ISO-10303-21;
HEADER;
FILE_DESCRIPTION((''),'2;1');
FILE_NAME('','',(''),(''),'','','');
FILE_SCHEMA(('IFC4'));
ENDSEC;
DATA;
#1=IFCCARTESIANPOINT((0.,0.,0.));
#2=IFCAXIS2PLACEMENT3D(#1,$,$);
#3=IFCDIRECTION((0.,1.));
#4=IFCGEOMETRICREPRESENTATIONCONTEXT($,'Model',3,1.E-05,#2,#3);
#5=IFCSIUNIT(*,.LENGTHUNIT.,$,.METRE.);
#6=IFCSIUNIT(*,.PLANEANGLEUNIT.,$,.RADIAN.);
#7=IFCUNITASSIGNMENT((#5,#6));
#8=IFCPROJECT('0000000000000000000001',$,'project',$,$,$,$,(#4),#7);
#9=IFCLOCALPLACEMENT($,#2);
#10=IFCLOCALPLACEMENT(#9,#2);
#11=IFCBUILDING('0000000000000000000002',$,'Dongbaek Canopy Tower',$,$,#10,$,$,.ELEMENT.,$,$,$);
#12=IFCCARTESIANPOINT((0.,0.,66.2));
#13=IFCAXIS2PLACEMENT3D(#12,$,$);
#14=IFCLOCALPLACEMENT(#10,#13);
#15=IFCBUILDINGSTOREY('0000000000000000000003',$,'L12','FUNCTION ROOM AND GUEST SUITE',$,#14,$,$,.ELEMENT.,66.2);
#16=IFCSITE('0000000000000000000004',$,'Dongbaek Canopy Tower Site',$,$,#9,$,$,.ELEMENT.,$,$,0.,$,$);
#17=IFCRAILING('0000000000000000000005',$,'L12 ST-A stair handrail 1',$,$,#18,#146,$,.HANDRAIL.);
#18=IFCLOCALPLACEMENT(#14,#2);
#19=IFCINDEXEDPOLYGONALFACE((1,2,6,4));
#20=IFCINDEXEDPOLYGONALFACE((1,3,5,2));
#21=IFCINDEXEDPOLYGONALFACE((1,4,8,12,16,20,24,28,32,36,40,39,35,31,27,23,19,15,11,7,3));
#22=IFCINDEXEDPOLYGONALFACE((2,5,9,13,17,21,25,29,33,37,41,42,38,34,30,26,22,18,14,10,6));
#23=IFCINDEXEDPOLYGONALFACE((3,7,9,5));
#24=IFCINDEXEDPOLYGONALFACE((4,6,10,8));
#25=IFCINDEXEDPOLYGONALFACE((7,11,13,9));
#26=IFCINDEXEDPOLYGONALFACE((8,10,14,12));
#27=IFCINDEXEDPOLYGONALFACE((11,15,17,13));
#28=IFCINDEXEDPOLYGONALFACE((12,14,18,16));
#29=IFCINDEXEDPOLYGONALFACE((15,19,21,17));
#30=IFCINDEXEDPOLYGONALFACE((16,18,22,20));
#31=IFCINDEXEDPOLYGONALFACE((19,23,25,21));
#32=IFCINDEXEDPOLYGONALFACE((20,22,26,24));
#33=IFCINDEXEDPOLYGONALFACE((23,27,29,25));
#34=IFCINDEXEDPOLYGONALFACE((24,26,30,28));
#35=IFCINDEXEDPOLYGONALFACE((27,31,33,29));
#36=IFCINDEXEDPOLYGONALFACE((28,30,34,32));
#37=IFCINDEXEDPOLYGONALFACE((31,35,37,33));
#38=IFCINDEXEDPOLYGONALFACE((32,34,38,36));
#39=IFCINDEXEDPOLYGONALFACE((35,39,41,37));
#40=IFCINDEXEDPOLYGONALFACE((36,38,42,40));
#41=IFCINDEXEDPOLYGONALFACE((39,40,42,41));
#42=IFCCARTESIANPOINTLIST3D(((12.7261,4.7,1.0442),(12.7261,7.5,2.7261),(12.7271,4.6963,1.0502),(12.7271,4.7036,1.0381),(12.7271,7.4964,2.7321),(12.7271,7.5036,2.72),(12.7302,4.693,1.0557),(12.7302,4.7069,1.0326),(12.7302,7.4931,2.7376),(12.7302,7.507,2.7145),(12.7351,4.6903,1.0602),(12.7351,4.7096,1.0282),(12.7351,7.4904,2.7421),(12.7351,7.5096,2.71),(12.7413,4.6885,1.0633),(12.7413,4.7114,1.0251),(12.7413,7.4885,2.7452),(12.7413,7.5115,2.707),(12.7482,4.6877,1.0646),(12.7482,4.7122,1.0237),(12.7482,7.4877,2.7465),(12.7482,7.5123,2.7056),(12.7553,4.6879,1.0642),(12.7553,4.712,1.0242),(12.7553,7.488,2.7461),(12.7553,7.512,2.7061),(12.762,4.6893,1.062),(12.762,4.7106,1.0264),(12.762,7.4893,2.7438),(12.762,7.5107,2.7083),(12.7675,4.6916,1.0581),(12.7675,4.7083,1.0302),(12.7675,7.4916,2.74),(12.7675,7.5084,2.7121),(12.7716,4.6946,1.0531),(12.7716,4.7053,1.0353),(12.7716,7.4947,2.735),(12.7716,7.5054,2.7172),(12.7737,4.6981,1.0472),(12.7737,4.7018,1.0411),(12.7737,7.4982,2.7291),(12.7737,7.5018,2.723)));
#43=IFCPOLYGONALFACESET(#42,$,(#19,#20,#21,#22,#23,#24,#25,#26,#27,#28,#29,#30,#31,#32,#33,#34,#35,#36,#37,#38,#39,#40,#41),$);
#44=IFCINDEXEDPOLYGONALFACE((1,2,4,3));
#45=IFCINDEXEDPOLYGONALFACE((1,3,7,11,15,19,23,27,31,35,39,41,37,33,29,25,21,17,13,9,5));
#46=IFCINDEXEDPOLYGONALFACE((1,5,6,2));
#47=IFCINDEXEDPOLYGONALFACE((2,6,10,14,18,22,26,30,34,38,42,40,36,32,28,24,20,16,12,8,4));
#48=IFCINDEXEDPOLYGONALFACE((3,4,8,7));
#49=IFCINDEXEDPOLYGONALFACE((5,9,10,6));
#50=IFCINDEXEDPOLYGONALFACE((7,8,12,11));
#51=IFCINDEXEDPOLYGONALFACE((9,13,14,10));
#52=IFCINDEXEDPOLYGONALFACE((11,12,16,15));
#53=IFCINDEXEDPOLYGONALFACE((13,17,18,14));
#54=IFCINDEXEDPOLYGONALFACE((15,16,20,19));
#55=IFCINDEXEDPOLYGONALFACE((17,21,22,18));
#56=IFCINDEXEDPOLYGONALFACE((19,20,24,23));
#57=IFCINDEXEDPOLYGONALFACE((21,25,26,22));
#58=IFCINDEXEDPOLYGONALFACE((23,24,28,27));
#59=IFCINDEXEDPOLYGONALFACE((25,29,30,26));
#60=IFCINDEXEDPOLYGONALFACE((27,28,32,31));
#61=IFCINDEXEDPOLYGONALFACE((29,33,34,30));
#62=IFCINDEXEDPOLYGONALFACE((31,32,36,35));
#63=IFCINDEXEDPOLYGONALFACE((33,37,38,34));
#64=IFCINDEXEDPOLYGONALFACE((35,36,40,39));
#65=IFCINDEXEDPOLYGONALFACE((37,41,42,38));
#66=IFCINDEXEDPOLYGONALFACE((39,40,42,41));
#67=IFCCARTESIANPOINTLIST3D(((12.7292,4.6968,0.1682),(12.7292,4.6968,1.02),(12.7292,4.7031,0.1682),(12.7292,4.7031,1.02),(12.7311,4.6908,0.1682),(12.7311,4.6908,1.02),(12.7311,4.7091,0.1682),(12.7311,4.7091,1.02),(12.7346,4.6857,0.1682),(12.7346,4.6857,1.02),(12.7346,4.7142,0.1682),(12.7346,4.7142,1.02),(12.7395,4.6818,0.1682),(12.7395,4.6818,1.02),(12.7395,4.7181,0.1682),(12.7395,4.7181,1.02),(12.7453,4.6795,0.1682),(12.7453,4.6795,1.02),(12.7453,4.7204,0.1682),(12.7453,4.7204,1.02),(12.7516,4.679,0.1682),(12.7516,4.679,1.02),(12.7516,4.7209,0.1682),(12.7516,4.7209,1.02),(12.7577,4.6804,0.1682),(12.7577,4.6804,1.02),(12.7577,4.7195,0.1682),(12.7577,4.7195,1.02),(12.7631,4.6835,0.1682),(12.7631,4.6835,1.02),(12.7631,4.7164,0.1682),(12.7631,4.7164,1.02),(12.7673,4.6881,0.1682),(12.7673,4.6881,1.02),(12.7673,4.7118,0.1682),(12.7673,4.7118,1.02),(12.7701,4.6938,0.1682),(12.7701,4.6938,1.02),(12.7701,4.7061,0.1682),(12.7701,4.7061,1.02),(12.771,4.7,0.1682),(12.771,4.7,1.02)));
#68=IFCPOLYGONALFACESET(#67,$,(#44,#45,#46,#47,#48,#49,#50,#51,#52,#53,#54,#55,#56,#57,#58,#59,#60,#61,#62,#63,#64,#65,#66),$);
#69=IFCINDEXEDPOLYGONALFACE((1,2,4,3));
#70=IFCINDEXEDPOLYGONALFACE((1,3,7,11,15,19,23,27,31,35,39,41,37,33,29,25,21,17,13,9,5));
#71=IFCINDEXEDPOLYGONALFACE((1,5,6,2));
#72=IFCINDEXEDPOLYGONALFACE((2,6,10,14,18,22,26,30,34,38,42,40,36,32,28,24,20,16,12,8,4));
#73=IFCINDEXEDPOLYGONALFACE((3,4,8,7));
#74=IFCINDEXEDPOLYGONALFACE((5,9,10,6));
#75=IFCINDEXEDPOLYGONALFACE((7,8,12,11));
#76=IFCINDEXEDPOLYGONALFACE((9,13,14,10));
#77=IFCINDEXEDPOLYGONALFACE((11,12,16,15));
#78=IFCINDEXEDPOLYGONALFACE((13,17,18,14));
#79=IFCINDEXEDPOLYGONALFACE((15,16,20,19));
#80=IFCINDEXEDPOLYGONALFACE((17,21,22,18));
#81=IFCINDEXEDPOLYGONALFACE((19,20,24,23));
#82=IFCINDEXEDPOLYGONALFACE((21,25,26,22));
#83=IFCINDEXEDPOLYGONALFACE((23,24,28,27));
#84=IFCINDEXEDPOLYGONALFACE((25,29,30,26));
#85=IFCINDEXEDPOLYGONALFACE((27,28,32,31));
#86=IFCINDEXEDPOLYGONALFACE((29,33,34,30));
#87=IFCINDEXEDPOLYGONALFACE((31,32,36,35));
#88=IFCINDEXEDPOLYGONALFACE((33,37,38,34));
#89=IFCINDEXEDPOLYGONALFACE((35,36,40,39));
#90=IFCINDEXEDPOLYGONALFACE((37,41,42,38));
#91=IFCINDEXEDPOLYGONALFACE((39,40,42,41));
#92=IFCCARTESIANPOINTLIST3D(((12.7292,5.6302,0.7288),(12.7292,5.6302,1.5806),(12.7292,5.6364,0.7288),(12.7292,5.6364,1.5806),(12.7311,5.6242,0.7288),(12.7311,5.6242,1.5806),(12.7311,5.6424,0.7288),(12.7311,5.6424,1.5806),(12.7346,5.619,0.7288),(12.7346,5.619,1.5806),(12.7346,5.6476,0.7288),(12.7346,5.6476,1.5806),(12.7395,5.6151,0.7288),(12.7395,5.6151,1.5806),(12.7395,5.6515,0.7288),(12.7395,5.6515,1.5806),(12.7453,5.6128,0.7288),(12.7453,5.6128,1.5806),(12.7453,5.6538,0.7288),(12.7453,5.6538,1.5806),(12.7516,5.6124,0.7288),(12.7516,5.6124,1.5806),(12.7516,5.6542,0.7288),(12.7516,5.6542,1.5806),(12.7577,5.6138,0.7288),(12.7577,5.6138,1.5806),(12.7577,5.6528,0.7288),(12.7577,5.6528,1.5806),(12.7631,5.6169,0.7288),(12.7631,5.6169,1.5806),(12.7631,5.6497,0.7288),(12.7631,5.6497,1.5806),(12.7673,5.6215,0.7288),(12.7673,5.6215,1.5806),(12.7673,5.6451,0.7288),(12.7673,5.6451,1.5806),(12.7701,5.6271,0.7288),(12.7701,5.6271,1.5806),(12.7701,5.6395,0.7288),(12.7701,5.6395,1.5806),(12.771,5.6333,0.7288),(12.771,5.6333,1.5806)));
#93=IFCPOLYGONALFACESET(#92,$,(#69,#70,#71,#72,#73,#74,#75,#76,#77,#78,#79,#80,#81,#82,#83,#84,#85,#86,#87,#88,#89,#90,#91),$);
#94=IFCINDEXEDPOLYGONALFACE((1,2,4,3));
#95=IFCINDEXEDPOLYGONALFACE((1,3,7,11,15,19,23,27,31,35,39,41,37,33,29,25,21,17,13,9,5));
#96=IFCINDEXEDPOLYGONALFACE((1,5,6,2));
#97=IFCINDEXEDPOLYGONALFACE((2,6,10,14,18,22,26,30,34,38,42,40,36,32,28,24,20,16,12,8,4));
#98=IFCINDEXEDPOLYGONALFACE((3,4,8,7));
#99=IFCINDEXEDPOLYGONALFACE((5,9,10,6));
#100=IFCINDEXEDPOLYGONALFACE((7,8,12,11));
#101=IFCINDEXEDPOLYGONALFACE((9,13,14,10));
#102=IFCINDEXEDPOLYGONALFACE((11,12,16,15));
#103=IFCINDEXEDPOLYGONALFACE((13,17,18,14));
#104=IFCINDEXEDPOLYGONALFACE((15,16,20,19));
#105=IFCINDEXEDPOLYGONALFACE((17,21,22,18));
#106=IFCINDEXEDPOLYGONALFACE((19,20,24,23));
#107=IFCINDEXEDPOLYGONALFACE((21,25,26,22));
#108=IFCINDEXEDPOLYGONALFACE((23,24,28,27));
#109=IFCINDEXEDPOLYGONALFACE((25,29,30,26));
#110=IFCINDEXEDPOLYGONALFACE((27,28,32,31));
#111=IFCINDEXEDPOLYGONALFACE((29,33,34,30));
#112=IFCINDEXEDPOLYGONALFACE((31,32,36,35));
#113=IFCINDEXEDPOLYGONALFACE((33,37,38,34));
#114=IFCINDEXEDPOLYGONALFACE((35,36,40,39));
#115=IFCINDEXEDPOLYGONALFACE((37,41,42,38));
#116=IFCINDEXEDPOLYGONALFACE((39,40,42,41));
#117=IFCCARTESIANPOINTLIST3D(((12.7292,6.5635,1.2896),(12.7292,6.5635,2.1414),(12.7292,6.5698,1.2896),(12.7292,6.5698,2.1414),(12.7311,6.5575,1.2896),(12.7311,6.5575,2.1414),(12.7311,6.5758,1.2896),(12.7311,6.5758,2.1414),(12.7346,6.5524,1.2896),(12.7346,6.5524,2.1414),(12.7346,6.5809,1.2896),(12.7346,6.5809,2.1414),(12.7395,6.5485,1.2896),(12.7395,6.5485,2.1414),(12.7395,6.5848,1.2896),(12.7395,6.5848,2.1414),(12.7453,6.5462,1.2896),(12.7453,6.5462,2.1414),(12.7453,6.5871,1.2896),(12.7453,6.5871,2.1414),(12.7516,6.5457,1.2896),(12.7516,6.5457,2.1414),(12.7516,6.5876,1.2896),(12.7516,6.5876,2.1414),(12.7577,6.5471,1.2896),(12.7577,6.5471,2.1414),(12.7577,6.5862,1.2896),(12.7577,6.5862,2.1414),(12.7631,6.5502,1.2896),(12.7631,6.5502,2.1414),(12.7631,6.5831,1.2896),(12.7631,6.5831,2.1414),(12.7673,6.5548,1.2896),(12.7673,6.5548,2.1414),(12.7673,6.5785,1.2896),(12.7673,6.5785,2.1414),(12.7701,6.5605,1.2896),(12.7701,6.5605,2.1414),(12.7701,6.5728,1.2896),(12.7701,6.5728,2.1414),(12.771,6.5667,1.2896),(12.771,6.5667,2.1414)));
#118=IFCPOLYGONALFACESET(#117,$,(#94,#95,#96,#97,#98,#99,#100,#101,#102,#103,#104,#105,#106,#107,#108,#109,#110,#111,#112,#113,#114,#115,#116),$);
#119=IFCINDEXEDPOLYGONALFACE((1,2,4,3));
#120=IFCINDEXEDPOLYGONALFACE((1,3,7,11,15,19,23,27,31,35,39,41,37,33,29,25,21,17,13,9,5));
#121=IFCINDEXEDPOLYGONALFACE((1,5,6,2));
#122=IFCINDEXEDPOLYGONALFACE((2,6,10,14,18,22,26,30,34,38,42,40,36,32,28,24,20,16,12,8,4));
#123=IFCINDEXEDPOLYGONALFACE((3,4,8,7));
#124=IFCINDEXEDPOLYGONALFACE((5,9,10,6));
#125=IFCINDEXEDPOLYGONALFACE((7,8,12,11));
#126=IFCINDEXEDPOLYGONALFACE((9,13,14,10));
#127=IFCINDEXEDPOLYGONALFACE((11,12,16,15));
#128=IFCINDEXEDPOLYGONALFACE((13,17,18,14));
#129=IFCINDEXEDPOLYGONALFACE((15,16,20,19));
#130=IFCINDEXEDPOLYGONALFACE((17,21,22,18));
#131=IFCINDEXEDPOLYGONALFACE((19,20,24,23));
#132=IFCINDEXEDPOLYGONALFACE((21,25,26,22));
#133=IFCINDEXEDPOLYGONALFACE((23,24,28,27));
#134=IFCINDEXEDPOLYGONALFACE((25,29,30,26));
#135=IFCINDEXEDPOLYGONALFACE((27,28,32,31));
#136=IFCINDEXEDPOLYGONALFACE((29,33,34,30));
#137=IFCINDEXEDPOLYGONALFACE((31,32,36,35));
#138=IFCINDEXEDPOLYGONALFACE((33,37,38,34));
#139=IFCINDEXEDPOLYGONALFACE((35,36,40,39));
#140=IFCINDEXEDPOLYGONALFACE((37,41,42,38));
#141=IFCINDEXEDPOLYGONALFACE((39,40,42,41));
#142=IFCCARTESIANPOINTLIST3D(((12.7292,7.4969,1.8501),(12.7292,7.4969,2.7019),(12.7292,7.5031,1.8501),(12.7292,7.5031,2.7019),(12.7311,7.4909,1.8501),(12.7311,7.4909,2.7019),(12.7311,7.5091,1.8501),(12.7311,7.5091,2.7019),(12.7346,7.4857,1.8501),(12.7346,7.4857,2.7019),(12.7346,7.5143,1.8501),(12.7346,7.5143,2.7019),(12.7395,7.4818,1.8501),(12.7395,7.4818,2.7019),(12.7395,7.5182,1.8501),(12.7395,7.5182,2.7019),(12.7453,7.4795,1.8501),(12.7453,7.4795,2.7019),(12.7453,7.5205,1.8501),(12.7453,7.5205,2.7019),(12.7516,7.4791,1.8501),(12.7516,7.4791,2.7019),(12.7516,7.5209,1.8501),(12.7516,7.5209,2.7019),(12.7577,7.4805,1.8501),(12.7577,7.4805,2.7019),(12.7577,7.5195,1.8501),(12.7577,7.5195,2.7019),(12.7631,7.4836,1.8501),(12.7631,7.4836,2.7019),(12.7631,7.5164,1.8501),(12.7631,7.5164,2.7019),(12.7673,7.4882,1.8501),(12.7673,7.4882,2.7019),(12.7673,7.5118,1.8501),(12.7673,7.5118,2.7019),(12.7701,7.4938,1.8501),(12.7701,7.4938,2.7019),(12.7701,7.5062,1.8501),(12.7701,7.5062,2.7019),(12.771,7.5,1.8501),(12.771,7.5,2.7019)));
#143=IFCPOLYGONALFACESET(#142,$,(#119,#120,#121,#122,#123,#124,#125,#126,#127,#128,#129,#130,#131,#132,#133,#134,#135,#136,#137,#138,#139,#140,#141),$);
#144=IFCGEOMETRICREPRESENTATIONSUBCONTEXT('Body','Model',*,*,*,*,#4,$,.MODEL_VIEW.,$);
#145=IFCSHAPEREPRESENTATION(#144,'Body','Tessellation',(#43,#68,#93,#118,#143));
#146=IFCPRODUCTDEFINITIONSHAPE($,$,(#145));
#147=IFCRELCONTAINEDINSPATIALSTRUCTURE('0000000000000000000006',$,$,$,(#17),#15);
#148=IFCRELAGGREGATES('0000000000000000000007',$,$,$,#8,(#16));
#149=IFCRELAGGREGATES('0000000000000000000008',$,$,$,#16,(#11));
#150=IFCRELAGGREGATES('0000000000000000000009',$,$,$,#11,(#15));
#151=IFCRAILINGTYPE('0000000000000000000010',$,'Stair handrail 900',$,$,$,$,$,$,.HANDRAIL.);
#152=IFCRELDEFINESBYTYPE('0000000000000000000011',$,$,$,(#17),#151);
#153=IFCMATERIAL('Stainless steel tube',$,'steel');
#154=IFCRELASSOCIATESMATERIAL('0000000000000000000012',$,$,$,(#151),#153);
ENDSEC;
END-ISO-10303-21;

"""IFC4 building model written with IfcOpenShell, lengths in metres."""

from ifc_helpers import new_model, si_unit, direction, frame, origin, origin_2d, place, context, subcontext, project, spatial, circle, extrude, material, type_object, element, save


model = new_model("IFC4")

# Units and contexts
model_context = context("Model", 3, precision=1e-05, world=origin(), true_north=direction((0.0, 1.0)))
body_context = subcontext(model_context, "Body", "Model", "MODEL_VIEW")
ifc_project = project(units=[si_unit("LENGTHUNIT", "METRE"), si_unit("PLANEANGLEUNIT", "RADIAN")], contexts=[model_context])

# Site, building, storey
site_placement = place(None, origin())
site = spatial("IfcSite", under=ifc_project, at=site_placement, Name="Dongbaek Canopy Tower Site", CompositionType="ELEMENT", RefElevation=0.0)
building_placement = place(site_placement, origin())
building = spatial("IfcBuilding", under=site, at=building_placement, Name="Dongbaek Canopy Tower", CompositionType="ELEMENT")
storey_placement = place(building_placement, frame((0.0, 0.0, 66.2)))
storey = spatial("IfcBuildingStorey", under=building, at=storey_placement, Name="L12", Description="FUNCTION ROOM AND GUEST SUITE", CompositionType="ELEMENT", Elevation=66.2)

# Railing
ifc_material_1 = material(Name="Stainless steel tube", Category="steel")
railing_type_1 = type_object("IfcRailingType", Name="Stair handrail 900", PredefinedType="HANDRAIL", material=ifc_material_1)
railing_1_placement = place(storey_placement, frame((12.75, 4.7, 0.1682)))
element("IfcRailing", 1, at=railing_1_placement, inside=storey, type_object=railing_type_1, Name="L12 ST-A stair handrail 1", PredefinedType="HANDRAIL", context=body_context, shape_type="SweptSolid", body=[
    extrude(circle(Radius=0.0239, at=origin_2d()), frame((0.0, 0.0, 0.876), z_axis=(0.0, 0.857242, 0.514913), x_axis=(-1.0, 0.0, 0.0)), (0.0, 0.0, 1.0), 3.2664),
    extrude(circle(Radius=0.021, at=origin_2d()), origin(), (0.0, 0.0, 1.0), 0.8518),
    extrude(circle(Radius=0.021, at=origin_2d()), frame((0.0, 0.9333, 0.5605)), (0.0, 0.0, 1.0), 0.8518),
    extrude(circle(Radius=0.021, at=origin_2d()), frame((0.0, 1.8667, 1.1213)), (0.0, 0.0, 1.0), 0.8518),
    extrude(circle(Radius=0.021, at=origin_2d()), frame((0.0, 2.8, 1.6819)), (0.0, 0.0, 1.0), 0.8518),
])

save(model, "model.ifc")
